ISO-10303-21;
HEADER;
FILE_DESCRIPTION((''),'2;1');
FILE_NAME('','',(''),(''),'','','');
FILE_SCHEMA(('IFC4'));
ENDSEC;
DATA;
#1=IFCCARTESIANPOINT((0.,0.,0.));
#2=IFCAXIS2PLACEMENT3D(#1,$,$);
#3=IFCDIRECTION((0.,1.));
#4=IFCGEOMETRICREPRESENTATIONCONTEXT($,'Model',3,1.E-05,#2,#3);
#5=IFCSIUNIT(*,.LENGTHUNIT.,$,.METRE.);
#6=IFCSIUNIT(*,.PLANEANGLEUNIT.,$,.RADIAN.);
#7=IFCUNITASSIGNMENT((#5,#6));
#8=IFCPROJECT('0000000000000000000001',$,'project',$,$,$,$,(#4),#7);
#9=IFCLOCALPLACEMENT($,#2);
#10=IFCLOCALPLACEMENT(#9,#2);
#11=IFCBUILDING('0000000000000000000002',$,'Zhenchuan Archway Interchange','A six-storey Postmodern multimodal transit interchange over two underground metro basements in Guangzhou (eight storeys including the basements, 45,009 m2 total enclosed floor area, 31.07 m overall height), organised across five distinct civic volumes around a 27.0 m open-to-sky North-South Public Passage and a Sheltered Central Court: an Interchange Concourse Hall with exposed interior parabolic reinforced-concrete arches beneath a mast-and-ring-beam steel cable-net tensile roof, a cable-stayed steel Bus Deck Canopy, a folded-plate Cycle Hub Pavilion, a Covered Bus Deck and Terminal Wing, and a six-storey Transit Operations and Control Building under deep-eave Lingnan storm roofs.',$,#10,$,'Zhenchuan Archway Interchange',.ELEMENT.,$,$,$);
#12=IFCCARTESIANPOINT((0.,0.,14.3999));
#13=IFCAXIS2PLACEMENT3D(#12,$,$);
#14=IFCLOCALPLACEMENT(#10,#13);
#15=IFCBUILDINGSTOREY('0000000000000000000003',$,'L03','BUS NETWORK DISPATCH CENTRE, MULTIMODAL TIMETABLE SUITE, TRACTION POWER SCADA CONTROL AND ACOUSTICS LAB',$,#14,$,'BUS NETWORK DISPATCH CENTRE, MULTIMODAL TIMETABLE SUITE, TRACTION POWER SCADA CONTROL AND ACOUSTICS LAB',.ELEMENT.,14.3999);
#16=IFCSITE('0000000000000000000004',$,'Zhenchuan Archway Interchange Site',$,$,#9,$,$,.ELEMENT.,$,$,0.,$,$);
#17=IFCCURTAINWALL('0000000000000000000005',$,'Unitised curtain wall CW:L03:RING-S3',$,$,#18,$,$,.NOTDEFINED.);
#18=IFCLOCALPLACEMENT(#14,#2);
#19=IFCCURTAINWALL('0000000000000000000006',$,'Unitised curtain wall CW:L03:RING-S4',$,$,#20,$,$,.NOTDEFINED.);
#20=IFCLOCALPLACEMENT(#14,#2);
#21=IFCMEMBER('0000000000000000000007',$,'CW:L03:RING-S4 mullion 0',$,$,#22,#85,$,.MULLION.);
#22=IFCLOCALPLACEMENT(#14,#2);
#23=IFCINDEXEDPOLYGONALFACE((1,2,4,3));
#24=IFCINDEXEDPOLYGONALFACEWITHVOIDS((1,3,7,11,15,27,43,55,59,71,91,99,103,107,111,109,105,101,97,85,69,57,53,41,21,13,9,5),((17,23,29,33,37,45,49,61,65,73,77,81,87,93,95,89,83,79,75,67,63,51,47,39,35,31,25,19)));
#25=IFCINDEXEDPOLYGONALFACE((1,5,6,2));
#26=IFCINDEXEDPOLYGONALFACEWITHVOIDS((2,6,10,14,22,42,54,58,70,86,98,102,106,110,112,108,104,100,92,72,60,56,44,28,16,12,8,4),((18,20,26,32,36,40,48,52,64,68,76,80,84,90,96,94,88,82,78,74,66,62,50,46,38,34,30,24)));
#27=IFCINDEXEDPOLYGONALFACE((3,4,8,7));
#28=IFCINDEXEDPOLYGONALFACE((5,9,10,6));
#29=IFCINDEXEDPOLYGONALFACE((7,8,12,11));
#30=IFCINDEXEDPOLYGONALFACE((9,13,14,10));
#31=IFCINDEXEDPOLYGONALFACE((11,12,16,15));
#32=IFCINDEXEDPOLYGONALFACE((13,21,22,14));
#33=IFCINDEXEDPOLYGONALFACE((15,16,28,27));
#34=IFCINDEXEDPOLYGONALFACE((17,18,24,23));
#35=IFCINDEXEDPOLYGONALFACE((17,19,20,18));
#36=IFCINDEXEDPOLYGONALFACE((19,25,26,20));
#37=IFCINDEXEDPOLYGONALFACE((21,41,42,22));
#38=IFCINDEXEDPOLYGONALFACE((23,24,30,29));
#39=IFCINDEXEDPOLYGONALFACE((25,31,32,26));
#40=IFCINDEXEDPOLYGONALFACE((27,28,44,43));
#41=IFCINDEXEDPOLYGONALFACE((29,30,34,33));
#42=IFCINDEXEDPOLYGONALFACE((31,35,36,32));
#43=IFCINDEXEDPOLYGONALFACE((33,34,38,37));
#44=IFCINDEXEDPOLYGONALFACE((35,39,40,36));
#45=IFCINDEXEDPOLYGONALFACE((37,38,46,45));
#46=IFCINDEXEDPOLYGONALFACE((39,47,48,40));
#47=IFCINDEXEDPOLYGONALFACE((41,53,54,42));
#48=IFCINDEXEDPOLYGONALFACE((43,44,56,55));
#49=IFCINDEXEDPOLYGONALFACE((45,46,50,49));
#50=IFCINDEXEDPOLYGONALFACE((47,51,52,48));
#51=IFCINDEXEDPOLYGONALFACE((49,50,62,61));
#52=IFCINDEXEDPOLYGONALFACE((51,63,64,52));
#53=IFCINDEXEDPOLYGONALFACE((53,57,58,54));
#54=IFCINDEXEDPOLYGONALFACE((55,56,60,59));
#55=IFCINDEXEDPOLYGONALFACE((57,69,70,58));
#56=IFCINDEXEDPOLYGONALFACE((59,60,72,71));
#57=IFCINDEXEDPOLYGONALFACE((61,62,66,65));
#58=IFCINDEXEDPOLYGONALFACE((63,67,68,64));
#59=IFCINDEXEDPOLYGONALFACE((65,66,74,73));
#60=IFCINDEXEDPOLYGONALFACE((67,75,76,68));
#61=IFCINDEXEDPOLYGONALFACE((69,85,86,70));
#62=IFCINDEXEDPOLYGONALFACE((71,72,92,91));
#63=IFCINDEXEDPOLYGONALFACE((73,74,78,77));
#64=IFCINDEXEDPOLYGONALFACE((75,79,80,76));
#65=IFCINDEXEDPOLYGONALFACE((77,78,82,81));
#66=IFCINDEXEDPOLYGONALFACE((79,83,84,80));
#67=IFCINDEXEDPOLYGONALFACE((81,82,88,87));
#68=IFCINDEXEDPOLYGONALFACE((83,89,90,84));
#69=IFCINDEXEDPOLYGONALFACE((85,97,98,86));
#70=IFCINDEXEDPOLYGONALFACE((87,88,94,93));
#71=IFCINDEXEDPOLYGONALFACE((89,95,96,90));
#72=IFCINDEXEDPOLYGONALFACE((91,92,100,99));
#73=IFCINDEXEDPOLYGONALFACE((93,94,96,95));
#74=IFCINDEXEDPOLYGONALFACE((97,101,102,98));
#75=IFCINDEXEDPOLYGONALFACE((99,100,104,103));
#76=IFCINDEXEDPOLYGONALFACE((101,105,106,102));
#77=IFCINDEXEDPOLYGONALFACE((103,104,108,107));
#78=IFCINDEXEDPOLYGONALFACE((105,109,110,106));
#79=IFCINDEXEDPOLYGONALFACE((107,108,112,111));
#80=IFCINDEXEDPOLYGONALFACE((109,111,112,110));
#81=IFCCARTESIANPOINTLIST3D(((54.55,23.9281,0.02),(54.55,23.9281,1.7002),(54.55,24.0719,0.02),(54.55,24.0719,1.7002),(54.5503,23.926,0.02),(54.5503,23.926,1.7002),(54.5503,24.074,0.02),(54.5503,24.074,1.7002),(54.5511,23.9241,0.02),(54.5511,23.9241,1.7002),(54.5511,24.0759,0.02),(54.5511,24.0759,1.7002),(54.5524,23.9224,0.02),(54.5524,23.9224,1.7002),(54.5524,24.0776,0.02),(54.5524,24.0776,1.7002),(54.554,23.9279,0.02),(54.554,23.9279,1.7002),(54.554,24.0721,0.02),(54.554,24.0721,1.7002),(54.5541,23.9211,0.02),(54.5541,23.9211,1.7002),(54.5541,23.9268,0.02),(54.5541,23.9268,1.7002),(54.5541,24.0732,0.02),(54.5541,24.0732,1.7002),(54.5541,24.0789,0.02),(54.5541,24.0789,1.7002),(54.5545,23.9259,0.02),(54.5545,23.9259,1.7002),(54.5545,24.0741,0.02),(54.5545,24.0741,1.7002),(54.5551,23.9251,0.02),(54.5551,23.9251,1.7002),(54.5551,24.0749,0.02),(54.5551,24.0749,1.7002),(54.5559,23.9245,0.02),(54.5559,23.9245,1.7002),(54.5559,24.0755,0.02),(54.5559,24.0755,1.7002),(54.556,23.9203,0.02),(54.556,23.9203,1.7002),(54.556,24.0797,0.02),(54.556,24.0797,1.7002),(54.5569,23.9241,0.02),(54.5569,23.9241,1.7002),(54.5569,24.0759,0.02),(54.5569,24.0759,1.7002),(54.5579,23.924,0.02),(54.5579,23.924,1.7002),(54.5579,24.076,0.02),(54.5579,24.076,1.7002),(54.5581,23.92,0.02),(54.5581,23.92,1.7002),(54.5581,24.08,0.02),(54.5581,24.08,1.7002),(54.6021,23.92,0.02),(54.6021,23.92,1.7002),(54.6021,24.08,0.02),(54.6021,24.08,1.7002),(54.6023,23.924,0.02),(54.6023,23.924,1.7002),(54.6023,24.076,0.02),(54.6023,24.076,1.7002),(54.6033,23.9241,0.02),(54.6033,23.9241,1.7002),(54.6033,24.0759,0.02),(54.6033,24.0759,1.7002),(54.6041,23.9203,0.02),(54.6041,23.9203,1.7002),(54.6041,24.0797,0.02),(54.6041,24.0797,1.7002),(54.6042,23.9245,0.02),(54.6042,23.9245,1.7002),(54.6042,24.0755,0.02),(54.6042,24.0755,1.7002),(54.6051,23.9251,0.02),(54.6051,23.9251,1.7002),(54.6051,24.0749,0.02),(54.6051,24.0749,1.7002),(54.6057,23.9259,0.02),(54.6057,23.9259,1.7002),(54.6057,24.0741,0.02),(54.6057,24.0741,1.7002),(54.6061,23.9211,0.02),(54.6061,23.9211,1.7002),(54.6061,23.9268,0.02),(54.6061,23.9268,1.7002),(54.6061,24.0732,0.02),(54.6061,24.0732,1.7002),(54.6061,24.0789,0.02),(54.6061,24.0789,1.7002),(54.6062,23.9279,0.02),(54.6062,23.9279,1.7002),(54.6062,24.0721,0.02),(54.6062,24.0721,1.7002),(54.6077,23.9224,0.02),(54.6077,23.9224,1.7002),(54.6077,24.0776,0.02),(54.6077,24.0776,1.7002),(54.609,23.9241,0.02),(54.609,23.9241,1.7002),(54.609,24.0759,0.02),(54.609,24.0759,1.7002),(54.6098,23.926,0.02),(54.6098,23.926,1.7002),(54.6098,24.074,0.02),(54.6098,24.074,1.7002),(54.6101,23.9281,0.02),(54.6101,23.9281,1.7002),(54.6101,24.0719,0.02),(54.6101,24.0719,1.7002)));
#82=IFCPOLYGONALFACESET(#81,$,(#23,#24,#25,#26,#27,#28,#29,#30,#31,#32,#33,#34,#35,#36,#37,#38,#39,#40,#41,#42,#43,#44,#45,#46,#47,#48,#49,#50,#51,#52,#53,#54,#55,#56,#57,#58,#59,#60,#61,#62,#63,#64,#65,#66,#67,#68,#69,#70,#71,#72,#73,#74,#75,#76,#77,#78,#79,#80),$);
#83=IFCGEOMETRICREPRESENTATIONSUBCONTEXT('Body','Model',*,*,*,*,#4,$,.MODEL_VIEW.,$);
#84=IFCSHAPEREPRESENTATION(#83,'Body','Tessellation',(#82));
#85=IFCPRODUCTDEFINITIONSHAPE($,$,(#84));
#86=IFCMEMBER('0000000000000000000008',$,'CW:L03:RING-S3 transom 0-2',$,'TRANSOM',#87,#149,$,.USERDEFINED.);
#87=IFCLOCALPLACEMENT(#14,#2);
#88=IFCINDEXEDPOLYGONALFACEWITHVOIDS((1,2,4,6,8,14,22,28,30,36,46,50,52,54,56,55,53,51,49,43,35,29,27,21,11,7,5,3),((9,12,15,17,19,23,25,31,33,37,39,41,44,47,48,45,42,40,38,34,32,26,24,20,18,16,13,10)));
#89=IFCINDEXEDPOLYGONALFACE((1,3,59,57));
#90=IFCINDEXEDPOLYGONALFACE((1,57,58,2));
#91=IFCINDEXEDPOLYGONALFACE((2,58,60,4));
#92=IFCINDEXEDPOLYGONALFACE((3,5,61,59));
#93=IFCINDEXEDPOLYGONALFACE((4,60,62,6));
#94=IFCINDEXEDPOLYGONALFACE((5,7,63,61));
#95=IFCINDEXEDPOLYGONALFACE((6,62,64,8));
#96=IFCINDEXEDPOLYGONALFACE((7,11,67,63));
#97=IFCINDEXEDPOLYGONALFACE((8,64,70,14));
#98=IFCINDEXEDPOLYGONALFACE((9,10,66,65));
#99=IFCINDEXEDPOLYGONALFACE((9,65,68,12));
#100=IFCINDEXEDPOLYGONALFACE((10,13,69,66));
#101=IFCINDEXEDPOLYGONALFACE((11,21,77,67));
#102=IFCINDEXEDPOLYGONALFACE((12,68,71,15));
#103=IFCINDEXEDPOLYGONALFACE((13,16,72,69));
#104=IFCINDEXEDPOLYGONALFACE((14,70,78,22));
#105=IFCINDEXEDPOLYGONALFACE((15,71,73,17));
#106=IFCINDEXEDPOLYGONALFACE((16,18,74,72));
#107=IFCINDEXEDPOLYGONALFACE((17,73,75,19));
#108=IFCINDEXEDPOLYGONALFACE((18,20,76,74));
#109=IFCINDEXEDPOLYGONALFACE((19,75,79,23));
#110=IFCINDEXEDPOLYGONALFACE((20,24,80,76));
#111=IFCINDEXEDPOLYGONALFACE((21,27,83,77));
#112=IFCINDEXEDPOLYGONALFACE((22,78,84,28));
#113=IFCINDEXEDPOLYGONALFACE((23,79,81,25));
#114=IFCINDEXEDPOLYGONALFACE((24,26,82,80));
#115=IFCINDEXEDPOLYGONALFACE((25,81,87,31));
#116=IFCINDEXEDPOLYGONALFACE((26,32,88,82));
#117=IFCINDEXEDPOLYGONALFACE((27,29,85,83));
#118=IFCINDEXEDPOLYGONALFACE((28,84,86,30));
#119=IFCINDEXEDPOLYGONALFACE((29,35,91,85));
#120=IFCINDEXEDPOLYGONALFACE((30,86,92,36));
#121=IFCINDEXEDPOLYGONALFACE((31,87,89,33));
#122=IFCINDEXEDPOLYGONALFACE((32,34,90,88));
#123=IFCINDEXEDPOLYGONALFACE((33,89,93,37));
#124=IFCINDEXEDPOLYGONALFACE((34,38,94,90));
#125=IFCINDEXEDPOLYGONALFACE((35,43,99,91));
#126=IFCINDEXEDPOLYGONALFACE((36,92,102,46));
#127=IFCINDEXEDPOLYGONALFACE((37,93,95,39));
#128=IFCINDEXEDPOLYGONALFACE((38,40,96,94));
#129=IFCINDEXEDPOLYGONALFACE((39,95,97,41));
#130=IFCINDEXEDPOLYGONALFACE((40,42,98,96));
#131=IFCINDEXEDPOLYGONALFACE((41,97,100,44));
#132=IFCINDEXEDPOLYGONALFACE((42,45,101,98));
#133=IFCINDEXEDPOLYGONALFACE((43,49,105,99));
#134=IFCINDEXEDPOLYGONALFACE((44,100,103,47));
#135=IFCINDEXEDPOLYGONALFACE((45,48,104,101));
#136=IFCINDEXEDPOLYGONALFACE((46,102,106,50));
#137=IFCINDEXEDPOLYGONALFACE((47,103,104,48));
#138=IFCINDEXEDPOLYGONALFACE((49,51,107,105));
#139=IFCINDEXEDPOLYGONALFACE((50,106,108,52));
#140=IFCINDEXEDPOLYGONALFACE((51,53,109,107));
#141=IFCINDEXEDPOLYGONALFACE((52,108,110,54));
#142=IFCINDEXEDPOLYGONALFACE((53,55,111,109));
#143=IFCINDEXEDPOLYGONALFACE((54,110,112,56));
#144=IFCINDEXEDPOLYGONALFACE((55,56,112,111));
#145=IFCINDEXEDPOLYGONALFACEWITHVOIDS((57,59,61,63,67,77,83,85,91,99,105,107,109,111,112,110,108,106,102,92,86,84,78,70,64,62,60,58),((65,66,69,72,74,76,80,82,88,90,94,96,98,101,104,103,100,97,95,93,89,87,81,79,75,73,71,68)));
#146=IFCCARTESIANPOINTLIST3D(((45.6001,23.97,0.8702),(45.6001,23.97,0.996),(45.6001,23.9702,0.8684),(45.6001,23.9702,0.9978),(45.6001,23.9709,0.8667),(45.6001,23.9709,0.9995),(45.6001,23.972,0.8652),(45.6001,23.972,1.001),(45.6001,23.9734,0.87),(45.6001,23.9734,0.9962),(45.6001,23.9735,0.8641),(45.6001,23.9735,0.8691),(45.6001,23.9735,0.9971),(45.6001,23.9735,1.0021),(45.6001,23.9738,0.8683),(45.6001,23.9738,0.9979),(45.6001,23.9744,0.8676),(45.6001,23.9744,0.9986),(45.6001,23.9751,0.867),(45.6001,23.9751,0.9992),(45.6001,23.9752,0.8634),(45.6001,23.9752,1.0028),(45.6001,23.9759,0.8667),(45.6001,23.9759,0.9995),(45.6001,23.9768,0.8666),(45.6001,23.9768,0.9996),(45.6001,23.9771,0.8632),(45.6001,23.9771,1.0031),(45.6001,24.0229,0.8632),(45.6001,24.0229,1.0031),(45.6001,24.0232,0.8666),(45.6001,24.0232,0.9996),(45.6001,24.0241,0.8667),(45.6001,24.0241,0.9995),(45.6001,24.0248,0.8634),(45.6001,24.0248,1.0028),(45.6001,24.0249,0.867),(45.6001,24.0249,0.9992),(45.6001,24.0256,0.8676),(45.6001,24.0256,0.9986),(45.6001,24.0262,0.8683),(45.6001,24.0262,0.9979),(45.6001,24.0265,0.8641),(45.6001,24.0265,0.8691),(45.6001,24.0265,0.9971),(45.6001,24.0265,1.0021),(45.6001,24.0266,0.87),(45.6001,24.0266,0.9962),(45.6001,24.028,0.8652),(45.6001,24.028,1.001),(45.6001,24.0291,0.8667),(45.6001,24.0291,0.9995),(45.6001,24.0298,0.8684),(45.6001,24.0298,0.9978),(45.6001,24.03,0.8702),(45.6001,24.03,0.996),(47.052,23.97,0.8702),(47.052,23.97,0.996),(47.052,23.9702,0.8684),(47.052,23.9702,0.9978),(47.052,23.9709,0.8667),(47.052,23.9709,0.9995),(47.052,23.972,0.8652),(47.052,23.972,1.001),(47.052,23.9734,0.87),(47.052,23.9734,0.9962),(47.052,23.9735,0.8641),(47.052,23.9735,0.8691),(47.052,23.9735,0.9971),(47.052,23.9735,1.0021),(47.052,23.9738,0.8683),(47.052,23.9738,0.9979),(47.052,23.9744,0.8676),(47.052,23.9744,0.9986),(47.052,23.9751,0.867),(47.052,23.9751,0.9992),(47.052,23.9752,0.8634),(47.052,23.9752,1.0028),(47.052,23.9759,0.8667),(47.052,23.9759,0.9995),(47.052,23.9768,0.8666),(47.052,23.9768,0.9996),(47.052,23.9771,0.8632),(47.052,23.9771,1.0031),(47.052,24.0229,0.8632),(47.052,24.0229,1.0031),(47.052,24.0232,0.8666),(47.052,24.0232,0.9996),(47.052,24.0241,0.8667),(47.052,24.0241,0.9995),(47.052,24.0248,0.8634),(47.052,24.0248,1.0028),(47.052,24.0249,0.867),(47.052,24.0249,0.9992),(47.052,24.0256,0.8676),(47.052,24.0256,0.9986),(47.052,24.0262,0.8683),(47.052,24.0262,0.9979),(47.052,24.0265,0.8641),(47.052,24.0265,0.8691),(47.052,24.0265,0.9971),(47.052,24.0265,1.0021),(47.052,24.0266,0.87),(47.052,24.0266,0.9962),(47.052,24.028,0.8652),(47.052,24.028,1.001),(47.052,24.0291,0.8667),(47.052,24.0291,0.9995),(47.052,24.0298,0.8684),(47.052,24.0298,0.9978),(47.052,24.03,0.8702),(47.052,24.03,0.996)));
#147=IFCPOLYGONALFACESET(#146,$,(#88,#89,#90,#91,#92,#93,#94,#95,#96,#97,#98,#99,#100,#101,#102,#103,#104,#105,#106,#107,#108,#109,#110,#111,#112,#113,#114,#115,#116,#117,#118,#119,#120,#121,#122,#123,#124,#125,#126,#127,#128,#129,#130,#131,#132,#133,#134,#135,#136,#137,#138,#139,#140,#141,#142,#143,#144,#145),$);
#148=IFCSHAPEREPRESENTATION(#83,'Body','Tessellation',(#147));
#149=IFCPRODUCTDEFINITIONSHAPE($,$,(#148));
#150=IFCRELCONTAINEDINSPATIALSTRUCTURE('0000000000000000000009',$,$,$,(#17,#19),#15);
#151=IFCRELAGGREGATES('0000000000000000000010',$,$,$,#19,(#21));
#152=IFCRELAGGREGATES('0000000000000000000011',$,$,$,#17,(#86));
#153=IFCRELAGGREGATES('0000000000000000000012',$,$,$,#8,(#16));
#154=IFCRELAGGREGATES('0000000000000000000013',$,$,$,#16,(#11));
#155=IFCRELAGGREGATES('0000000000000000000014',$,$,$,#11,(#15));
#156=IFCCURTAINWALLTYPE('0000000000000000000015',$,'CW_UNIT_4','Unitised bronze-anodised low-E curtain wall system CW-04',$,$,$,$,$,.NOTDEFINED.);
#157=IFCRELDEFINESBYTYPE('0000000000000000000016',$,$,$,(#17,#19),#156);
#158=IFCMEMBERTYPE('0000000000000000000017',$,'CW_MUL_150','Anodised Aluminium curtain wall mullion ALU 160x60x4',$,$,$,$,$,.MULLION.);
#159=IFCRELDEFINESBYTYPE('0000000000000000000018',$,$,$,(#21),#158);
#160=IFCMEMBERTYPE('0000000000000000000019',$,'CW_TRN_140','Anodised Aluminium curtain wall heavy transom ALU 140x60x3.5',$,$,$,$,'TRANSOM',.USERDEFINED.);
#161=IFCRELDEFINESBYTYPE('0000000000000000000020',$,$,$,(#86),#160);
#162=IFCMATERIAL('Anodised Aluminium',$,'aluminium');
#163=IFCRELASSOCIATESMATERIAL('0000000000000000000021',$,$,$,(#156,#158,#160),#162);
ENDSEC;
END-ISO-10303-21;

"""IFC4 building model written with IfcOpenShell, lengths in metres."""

from ifc_helpers import new_model, si_unit, direction, frame, origin, origin_2d, place, context, subcontext, project, spatial, hollow_rectangle, extrude, material, material_profile, profile_set, type_object, element, aggregate, save


model = new_model("IFC4")

# Units and contexts
model_context = context("Model", 3, precision=1e-05, world=origin(), true_north=direction((0.0, 1.0)))
body_context = subcontext(model_context, "Body", "Model", "MODEL_VIEW")
ifc_project = project(units=[si_unit("LENGTHUNIT", "METRE"), si_unit("PLANEANGLEUNIT", "RADIAN")], contexts=[model_context])

# Site, building, storey
site_placement = place(None, origin())
site = spatial("IfcSite", under=ifc_project, at=site_placement, Name="Zhenchuan Archway Interchange Site", CompositionType="ELEMENT", RefElevation=0.0)
building_placement = place(site_placement, origin())
building = spatial("IfcBuilding", under=site, at=building_placement, Name="Zhenchuan Archway Interchange", Description="A six-storey Postmodern multimodal transit interchange over two underground metro basements in Guangzhou (eight storeys including the basements, 45,009 m2 total enclosed floor area, 31.07 m overall height), organised across five distinct civic volumes around a 27.0 m open-to-sky North-South Public Passage and a Sheltered Central Court: an Interchange Concourse Hall with exposed interior parabolic reinforced-concrete arches beneath a mast-and-ring-beam steel cable-net tensile roof, a cable-stayed steel Bus Deck Canopy, a folded-plate Cycle Hub Pavilion, a Covered Bus Deck and Terminal Wing, and a six-storey Transit Operations and Control Building under deep-eave Lingnan storm roofs.", LongName="Zhenchuan Archway Interchange", CompositionType="ELEMENT")
storey_placement = place(building_placement, frame((0.0, 0.0, 14.3999)))
storey = spatial("IfcBuildingStorey", under=building, at=storey_placement, Name="L03", Description="BUS NETWORK DISPATCH CENTRE, MULTIMODAL TIMETABLE SUITE, TRACTION POWER SCADA CONTROL AND ACOUSTICS LAB", LongName="BUS NETWORK DISPATCH CENTRE, MULTIMODAL TIMETABLE SUITE, TRACTION POWER SCADA CONTROL AND ACOUSTICS LAB", CompositionType="ELEMENT", Elevation=14.3999)

# Curtain wall
ifc_material_1 = material(Name="Anodised Aluminium", Category="aluminium")
curtain_wall_type = type_object("IfcCurtainWallType", Name="CW_UNIT_4", Description="Unitised bronze-anodised low-E curtain wall system CW-04", PredefinedType="NOTDEFINED", material=ifc_material_1)
curtain_wall_1_placement = place(storey_placement, origin())
curtain_wall_1 = element("IfcCurtainWall", 1, at=curtain_wall_1_placement, inside=storey, type_object=curtain_wall_type, Name="Unitised curtain wall CW:L03:RING-S3", PredefinedType="NOTDEFINED")
ifc_material_profile_1 = material_profile(ifc_material_1, hollow_rectangle(XDim=0.0601, YDim=0.1599, WallThickness=0.0039, InnerFilletRadius=0.0039, OuterFilletRadius=0.0081, at=origin_2d()), Name="ALU 160x60x4")
ifc_profile_set_1 = profile_set([ifc_material_profile_1], Name="Anodised Aluminium")
member_type_1 = type_object("IfcMemberType", Name="CW_MUL_150", Description="Anodised Aluminium curtain wall mullion ALU 160x60x4", PredefinedType="MULLION", material=ifc_profile_set_1)

# Curtain wall, member
curtain_wall_2_placement = place(storey_placement, origin())
curtain_wall_2 = element("IfcCurtainWall", 2, at=curtain_wall_2_placement, inside=storey, type_object=curtain_wall_type, Name="Unitised curtain wall CW:L03:RING-S4", PredefinedType="NOTDEFINED")
member_1_placement = place(storey_placement, frame((54.5801, 24.0, 0.02), z_axis=(0.0, 0.0, 1.0), x_axis=(1.0, 0.0, 0.0)))
member_1 = element("IfcMember", 3, at=member_1_placement, type_object=member_type_1, Name="CW:L03:RING-S4 mullion 0", PredefinedType="MULLION", context=body_context, shape_type="SweptSolid", body=[
    extrude(hollow_rectangle(XDim=0.0601, YDim=0.1599, WallThickness=0.0039, InnerFilletRadius=0.0039, OuterFilletRadius=0.0081, at=origin_2d()), origin(), (0.0, 0.0, 1.0), 1.6802),
])

# Member
ifc_material_profile_2 = material_profile(ifc_material_1, hollow_rectangle(XDim=0.0601, YDim=0.1399, WallThickness=0.0034, InnerFilletRadius=0.0034, OuterFilletRadius=0.0071, at=origin_2d()), Name="ALU 140x60x3.5")
ifc_profile_set_2 = profile_set([ifc_material_profile_2], Name="Anodised Aluminium")
member_type_2 = type_object("IfcMemberType", Name="CW_TRN_140", Description="Anodised Aluminium curtain wall heavy transom ALU 140x60x3.5", ElementType="TRANSOM", PredefinedType="USERDEFINED", material=ifc_profile_set_2)
member_2_placement = place(storey_placement, frame((45.6001, 24.0, 0.9331), z_axis=(1.0, 0.0, 0.0), x_axis=(0.0, 1.0, 0.0)))
member_2 = element("IfcMember", 4, at=member_2_placement, type_object=member_type_2, Name="CW:L03:RING-S3 transom 0-2", ObjectType="TRANSOM", PredefinedType="USERDEFINED", context=body_context, shape_type="SweptSolid", body=[
    extrude(hollow_rectangle(XDim=0.0601, YDim=0.1399, WallThickness=0.0034, InnerFilletRadius=0.0034, OuterFilletRadius=0.0071, at=origin_2d()), origin(), (0.0, 0.0, 1.0), 1.4519),
])
aggregate(curtain_wall_2, [member_1])

aggregate(curtain_wall_1, [member_2])

save(model, "model.ifc")
